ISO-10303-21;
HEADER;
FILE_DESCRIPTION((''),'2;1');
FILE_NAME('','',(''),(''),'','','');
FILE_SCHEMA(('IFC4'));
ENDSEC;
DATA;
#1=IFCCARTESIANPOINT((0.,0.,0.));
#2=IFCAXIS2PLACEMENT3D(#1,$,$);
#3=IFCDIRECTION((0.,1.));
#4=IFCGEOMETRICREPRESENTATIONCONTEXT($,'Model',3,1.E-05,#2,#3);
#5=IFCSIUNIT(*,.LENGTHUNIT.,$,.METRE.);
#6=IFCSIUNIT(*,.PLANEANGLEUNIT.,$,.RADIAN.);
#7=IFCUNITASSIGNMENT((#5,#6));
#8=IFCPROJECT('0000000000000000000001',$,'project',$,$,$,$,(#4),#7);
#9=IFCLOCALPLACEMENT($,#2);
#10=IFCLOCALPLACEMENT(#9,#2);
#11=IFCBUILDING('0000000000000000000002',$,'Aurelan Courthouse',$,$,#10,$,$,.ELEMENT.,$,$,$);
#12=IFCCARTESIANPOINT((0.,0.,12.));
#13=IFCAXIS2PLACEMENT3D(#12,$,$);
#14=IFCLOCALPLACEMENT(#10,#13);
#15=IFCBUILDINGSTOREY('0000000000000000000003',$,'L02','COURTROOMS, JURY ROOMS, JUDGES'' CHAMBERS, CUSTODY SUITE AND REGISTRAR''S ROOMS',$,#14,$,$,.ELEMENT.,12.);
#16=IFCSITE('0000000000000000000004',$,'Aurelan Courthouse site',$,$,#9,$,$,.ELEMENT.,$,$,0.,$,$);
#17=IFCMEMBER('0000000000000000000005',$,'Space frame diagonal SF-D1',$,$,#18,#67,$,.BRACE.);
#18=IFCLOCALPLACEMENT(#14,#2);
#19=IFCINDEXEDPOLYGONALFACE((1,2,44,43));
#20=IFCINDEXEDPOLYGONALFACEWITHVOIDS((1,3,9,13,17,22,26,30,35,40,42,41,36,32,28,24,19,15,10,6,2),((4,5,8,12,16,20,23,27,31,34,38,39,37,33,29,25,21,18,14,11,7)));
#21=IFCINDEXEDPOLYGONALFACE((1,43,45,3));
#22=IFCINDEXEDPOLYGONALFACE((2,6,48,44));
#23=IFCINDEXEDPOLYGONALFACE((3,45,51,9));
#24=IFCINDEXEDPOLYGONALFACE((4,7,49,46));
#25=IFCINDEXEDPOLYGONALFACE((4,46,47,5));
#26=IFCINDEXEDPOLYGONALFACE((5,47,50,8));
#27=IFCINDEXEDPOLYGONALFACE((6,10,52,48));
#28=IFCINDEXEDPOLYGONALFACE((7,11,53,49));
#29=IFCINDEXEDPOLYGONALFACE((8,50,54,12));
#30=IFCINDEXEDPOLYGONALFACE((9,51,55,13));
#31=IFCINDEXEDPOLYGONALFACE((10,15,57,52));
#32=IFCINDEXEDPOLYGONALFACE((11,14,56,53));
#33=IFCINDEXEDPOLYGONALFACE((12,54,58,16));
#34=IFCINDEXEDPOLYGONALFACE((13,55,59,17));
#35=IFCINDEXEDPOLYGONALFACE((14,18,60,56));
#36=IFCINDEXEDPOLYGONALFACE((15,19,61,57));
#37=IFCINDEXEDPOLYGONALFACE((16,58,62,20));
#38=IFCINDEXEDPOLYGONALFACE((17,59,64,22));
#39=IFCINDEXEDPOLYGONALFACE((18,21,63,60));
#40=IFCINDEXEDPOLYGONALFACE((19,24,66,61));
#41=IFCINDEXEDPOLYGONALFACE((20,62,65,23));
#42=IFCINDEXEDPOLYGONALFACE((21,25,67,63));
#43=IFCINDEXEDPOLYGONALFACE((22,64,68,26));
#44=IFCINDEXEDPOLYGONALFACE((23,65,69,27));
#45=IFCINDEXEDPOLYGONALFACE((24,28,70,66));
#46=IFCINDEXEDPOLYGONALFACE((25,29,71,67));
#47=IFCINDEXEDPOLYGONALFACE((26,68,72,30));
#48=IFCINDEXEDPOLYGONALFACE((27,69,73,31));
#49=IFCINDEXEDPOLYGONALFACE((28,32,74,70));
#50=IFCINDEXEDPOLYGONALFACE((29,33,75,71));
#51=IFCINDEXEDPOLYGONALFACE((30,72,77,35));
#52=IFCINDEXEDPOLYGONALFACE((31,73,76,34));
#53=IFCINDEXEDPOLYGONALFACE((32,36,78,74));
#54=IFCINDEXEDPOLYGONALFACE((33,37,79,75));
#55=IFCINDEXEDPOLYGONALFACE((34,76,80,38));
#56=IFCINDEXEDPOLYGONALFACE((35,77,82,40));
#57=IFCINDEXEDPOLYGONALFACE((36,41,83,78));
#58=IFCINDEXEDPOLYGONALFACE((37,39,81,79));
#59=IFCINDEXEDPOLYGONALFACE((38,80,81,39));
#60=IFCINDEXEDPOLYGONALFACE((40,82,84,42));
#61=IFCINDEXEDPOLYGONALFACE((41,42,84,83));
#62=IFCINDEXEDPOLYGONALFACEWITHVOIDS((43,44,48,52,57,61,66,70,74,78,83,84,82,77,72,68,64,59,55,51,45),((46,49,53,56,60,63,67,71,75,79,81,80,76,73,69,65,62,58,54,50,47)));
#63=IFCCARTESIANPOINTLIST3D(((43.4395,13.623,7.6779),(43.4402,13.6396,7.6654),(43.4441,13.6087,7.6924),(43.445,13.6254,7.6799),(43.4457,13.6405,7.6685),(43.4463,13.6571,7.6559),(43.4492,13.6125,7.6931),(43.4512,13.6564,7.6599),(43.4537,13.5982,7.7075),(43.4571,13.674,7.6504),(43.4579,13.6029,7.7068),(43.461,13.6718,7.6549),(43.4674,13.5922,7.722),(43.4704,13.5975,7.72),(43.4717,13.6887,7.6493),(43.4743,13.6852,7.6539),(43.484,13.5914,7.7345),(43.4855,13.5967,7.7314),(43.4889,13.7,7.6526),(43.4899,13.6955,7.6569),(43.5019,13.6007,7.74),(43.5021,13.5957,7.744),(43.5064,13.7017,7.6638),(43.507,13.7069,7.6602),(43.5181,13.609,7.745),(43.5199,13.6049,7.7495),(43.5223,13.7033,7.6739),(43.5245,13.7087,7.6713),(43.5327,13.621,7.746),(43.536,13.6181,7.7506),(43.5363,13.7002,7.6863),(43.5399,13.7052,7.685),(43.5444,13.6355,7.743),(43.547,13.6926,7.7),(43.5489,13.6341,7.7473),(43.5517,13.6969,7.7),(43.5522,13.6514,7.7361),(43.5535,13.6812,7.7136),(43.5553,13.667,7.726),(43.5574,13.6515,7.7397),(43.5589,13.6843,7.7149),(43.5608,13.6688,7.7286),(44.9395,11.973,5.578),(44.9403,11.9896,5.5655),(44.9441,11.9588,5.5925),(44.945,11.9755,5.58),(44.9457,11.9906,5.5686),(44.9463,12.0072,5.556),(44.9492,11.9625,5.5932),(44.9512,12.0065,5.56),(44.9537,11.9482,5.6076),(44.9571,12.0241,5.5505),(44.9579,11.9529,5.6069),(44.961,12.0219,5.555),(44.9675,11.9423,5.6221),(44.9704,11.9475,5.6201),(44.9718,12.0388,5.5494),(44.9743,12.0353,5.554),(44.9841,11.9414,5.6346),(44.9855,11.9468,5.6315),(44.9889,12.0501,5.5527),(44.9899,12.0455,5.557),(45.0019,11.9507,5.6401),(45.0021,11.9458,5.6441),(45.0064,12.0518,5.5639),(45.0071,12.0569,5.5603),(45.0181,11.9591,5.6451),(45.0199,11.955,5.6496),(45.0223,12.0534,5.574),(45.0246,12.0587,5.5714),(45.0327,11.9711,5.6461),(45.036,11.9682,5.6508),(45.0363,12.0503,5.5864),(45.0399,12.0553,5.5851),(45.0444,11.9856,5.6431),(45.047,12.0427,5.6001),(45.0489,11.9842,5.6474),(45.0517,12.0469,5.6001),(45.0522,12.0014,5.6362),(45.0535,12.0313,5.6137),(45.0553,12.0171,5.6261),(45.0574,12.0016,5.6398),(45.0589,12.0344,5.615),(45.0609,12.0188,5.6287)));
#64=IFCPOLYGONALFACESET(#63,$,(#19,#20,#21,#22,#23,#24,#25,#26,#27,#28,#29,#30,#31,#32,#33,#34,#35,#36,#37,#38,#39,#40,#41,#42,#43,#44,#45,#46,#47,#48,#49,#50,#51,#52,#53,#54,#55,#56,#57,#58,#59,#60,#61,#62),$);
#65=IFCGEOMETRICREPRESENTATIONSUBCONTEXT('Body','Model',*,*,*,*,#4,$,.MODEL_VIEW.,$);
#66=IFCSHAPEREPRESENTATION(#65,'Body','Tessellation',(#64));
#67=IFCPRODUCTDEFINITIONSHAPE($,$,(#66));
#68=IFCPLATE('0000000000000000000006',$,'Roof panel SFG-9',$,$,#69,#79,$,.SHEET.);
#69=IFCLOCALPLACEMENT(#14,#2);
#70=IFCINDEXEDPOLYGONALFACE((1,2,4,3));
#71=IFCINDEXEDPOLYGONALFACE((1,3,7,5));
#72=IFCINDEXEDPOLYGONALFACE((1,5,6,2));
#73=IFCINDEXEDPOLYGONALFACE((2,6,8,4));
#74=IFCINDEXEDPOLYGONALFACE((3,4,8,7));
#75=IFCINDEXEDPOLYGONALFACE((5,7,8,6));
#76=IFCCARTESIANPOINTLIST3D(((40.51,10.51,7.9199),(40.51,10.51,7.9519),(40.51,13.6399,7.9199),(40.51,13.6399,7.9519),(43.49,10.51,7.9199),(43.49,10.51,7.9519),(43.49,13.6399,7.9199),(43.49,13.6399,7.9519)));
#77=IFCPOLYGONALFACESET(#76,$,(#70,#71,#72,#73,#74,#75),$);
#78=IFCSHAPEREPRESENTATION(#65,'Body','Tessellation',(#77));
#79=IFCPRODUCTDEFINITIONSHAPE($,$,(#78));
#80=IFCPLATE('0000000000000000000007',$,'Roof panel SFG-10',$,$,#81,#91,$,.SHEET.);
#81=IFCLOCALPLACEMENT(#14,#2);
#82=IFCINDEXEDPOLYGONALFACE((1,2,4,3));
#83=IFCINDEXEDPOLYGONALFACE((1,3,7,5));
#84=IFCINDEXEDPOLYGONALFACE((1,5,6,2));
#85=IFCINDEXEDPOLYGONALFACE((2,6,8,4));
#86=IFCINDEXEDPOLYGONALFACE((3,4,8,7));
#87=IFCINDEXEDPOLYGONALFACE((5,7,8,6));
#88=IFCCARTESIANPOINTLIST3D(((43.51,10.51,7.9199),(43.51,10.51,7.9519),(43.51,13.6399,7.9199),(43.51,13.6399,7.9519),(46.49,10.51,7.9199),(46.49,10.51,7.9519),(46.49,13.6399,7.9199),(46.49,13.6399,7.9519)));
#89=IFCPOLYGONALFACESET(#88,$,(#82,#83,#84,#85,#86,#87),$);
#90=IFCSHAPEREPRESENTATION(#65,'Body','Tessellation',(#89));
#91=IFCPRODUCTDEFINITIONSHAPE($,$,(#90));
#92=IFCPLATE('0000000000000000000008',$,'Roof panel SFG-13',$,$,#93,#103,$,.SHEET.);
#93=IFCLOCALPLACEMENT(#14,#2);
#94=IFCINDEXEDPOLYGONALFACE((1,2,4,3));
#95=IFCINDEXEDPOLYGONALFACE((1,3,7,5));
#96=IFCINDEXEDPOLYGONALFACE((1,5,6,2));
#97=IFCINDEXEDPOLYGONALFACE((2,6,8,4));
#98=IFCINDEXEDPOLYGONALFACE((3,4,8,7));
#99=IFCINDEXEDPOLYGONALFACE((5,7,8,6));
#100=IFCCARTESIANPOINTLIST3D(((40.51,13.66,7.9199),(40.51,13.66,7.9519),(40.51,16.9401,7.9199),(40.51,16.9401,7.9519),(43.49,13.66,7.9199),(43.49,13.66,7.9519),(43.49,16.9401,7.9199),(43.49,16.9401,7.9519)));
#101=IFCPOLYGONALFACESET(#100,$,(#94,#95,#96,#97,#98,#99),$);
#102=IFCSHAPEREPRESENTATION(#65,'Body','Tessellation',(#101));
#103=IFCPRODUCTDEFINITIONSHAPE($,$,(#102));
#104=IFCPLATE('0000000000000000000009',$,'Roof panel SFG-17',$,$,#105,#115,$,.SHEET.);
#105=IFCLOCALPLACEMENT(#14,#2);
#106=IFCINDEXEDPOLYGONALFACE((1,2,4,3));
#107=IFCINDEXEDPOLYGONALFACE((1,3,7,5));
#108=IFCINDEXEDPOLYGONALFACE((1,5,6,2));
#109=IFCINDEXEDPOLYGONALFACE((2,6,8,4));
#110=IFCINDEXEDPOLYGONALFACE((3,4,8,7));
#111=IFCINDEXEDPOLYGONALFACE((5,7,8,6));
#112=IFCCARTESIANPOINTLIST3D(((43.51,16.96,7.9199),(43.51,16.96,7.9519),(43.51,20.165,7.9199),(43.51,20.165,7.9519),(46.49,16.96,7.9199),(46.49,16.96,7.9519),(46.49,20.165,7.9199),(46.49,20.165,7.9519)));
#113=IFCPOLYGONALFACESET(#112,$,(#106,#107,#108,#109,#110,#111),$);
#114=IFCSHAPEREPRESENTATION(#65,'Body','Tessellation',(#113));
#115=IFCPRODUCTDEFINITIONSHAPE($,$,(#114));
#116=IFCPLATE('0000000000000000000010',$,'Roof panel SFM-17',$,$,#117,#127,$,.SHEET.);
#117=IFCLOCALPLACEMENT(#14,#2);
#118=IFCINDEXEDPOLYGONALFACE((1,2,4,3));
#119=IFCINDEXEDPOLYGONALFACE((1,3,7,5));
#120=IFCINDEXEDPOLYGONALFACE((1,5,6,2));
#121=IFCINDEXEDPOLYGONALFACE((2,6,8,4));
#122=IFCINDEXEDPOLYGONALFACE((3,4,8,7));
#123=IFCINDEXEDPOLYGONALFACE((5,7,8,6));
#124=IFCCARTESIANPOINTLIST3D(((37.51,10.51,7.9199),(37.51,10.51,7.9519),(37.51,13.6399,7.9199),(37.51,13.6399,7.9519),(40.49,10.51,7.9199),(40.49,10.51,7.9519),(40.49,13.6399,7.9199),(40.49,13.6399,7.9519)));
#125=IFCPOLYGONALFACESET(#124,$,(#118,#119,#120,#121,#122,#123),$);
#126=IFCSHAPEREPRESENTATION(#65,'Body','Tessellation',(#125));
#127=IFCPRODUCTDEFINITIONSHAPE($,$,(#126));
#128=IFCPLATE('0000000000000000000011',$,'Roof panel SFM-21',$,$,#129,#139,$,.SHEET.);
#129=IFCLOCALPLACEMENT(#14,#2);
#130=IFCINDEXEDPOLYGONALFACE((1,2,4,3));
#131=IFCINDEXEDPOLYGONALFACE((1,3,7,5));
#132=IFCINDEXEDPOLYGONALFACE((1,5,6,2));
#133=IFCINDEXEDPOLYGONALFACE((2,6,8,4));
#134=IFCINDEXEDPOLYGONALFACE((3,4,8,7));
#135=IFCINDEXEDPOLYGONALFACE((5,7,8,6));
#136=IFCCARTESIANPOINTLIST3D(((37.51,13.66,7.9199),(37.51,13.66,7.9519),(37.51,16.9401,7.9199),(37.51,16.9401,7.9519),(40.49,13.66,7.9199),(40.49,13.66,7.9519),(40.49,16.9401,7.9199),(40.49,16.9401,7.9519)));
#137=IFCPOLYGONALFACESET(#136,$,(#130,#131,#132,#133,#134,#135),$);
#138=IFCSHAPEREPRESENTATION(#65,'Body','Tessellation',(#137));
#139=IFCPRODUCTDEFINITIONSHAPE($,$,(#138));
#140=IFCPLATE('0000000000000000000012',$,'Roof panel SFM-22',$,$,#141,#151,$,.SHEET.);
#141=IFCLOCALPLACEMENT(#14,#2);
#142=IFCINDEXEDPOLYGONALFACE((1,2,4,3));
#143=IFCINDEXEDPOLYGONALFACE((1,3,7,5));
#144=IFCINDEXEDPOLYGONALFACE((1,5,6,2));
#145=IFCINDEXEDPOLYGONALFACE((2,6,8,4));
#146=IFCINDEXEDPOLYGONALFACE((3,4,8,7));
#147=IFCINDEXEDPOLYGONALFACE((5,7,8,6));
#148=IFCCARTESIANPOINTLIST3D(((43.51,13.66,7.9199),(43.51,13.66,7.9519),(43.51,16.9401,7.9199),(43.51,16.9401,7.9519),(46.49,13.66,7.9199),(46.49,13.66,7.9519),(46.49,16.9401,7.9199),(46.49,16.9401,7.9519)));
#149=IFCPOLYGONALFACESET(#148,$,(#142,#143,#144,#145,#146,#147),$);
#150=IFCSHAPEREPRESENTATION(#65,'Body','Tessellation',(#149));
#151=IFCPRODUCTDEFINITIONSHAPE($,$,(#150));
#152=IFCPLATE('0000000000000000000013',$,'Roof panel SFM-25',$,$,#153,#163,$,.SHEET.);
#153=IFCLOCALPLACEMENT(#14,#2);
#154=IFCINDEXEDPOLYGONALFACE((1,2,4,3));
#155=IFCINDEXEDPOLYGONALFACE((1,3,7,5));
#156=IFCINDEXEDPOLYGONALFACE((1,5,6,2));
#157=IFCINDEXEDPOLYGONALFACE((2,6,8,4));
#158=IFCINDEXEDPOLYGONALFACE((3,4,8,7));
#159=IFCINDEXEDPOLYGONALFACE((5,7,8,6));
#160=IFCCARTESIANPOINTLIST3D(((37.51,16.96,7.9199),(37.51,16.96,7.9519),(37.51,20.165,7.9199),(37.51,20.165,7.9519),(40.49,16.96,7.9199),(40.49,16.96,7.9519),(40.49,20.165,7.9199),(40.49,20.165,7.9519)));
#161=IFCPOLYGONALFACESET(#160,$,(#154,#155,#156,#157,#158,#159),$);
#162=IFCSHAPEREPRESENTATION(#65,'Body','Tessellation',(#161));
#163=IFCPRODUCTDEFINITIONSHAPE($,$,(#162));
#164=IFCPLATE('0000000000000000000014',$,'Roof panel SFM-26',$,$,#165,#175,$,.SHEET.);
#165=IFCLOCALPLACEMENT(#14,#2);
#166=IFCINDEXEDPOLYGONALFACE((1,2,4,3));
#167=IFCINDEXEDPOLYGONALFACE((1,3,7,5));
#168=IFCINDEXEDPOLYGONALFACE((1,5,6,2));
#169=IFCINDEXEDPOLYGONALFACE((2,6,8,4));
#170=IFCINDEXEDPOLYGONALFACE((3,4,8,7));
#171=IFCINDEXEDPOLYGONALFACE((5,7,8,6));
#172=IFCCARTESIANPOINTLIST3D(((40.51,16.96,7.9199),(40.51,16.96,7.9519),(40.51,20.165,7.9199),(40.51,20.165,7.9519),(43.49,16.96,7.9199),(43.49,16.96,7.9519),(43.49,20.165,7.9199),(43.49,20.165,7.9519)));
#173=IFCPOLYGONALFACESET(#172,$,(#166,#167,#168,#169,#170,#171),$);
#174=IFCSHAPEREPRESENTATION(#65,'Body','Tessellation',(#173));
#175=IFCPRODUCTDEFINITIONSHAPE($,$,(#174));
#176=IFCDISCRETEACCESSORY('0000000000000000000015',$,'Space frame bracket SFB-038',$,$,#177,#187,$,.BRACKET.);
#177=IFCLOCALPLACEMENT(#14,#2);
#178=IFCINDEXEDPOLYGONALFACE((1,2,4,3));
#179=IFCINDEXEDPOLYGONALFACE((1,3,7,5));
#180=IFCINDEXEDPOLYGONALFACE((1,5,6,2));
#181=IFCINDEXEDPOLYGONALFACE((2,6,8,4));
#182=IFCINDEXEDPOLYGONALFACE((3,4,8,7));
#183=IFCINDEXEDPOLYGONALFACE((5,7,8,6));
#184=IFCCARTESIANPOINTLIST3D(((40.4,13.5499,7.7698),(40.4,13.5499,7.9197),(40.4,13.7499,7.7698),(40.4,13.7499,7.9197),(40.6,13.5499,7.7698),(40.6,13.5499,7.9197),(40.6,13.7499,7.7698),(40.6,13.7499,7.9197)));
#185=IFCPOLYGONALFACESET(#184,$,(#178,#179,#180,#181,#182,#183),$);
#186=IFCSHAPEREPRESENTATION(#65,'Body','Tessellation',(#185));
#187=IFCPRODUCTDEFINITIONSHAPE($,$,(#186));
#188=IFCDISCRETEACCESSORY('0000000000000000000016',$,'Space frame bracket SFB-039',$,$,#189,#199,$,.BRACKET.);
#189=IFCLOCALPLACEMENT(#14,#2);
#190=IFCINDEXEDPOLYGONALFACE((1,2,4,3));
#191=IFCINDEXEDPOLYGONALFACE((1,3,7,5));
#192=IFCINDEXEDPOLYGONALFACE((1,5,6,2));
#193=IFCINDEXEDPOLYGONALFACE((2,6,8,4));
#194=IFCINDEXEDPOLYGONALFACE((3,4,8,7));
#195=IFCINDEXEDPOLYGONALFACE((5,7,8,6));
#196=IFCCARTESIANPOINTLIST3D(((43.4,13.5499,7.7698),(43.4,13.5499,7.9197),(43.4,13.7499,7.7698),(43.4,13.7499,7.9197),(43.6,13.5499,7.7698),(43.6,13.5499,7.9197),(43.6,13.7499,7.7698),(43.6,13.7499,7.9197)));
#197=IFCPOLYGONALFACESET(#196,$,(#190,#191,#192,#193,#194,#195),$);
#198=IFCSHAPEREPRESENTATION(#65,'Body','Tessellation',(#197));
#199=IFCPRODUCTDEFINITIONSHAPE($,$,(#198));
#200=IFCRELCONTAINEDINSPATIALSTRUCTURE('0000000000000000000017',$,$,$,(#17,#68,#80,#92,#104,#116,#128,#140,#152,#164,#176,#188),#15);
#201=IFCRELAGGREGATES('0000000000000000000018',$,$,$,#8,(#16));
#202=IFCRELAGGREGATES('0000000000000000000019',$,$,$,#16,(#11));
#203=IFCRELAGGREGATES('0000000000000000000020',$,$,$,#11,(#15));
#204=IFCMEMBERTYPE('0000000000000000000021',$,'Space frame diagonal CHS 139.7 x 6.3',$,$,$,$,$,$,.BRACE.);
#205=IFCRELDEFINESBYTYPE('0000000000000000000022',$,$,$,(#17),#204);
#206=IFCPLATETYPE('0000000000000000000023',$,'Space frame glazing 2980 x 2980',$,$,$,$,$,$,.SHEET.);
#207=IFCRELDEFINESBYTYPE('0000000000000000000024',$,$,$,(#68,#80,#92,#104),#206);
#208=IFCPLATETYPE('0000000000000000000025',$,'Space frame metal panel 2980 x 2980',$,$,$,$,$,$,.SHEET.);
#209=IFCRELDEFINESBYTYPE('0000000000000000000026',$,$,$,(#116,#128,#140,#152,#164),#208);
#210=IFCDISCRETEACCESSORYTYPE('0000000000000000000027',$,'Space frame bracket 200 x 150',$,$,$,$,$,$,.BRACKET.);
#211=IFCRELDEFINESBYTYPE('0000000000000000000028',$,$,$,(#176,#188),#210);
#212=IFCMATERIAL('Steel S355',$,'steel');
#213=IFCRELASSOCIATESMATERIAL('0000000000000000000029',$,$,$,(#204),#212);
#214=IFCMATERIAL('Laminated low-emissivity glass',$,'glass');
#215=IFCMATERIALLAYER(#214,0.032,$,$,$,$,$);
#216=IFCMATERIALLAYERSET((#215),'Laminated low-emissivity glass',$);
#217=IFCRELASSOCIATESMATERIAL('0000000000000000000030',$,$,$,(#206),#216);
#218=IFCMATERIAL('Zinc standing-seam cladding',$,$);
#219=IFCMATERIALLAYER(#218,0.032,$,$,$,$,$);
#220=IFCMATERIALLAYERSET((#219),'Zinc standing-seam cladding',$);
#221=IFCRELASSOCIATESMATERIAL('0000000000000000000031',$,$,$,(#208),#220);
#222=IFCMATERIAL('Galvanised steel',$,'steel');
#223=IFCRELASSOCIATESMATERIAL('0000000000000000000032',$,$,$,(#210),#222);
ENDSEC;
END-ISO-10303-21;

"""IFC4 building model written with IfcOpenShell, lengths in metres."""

from ifc_helpers import new_model, si_unit, direction, frame, origin, origin_2d, place, context, subcontext, project, spatial, rectangle, hollow_circle, extrude, material, layer, layer_set, material_profile, profile_set, type_object, element, save


model = new_model("IFC4")

# Units and contexts
model_context = context("Model", 3, precision=1e-05, world=origin(), true_north=direction((0.0, 1.0)))
body_context = subcontext(model_context, "Body", "Model", "MODEL_VIEW")
ifc_project = project(units=[si_unit("LENGTHUNIT", "METRE"), si_unit("PLANEANGLEUNIT", "RADIAN")], contexts=[model_context])

# Site, building, storey
site_placement = place(None, origin())
site = spatial("IfcSite", under=ifc_project, at=site_placement, Name="Aurelan Courthouse site", CompositionType="ELEMENT", RefElevation=0.0)
building_placement = place(site_placement, origin())
building = spatial("IfcBuilding", under=site, at=building_placement, Name="Aurelan Courthouse", CompositionType="ELEMENT")
storey_placement = place(building_placement, frame((0.0, 0.0, 12.0)))
storey = spatial("IfcBuildingStorey", under=building, at=storey_placement, Name="L02", Description="COURTROOMS, JURY ROOMS, JUDGES' CHAMBERS, CUSTODY SUITE AND REGISTRAR'S ROOMS", CompositionType="ELEMENT", Elevation=12.0)

# Member
ifc_material_1 = material(Name="Steel S355", Category="steel")
ifc_material_profile_1 = material_profile(ifc_material_1, hollow_circle(Radius=0.0698, WallThickness=0.0063, at=origin_2d()), Name="CHS 139.7 x 6.3")
ifc_profile_set_1 = profile_set([ifc_material_profile_1], Name="Steel S355")
member_type_1 = type_object("IfcMemberType", Name="Space frame diagonal CHS 139.7 x 6.3", PredefinedType="BRACE", material=ifc_profile_set_1)
member_placement = place(storey_placement, frame((43.5, 13.6499, 7.7), z_axis=(0.489727, -0.538667, -0.685569), x_axis=(0.73992, 0.672695, 0.0)))
element("IfcMember", 1, at=member_placement, inside=storey, type_object=member_type_1, Name="Space frame diagonal SF-D1", PredefinedType="BRACE", context=body_context, shape_type="SweptSolid", body=[
    extrude(hollow_circle(Radius=0.0698, WallThickness=0.0063, at=origin_2d()), origin(), (0.0, 0.0, 1.0), 3.063),
])

# Plates
ifc_material_2 = material(Name="Laminated low-emissivity glass", Category="glass")
ifc_layer_1 = layer(ifc_material_2, 0.032)
ifc_layer_set_1 = layer_set([ifc_layer_1], Name="Laminated low-emissivity glass")
plate_type_1 = type_object("IfcPlateType", Name="Space frame glazing 2980 x 2980", PredefinedType="SHEET", material=ifc_layer_set_1)
for number, where, z_axis, x_axis, name in (
    (2, (42.0, 12.075, 7.9199), (0.0, 0.0, 1.0), (1.0, 0.0, 0.0), "Roof panel SFG-9"),
    (3, (45.0, 12.075, 7.9199), (0.0, 0.0, 1.0), (1.0, 0.0, 0.0), "Roof panel SFG-10"),
):
    element("IfcPlate", number, at=place(storey_placement, frame(where, z_axis=z_axis, x_axis=x_axis)), inside=storey, type_object=plate_type_1, Name=name, PredefinedType="SHEET", context=body_context, shape_type="SweptSolid", body=[
        extrude(rectangle(XDim=2.98, YDim=3.1299, at=origin_2d()), origin(), (0.0, 0.0, 1.0), 0.032),
    ])
plate_1_placement = place(storey_placement, frame((42.0, 15.3, 7.9199), z_axis=(0.0, 0.0, 1.0), x_axis=(1.0, 0.0, 0.0)))
element("IfcPlate", 4, at=plate_1_placement, inside=storey, type_object=plate_type_1, Name="Roof panel SFG-13", PredefinedType="SHEET", context=body_context, shape_type="SweptSolid", body=[
    extrude(rectangle(XDim=2.98, YDim=3.28, at=origin_2d()), origin(), (0.0, 0.0, 1.0), 0.032),
])
plate_2_placement = place(storey_placement, frame((45.0, 18.5625, 7.9199), z_axis=(0.0, 0.0, 1.0), x_axis=(1.0, 0.0, 0.0)))
element("IfcPlate", 5, at=plate_2_placement, inside=storey, type_object=plate_type_1, Name="Roof panel SFG-17", PredefinedType="SHEET", context=body_context, shape_type="SweptSolid", body=[
    extrude(rectangle(XDim=2.98, YDim=3.2051, at=origin_2d()), origin(), (0.0, 0.0, 1.0), 0.032),
])
ifc_material_3 = material(Name="Zinc standing-seam cladding")
ifc_layer_2 = layer(ifc_material_3, 0.032)
ifc_layer_set_2 = layer_set([ifc_layer_2], Name="Zinc standing-seam cladding")
plate_type_2 = type_object("IfcPlateType", Name="Space frame metal panel 2980 x 2980", PredefinedType="SHEET", material=ifc_layer_set_2)
plate_3_placement = place(storey_placement, frame((39.0, 12.075, 7.9199), z_axis=(0.0, 0.0, 1.0), x_axis=(1.0, 0.0, 0.0)))
element("IfcPlate", 6, at=plate_3_placement, inside=storey, type_object=plate_type_2, Name="Roof panel SFM-17", PredefinedType="SHEET", context=body_context, shape_type="SweptSolid", body=[
    extrude(rectangle(XDim=2.98, YDim=3.1299, at=origin_2d()), origin(), (0.0, 0.0, 1.0), 0.032),
])
for number, where, z_axis, x_axis, name in (
    (7, (39.0, 15.3, 7.9199), (0.0, 0.0, 1.0), (1.0, 0.0, 0.0), "Roof panel SFM-21"),
    (8, (45.0, 15.3, 7.9199), (0.0, 0.0, 1.0), (1.0, 0.0, 0.0), "Roof panel SFM-22"),
):
    element("IfcPlate", number, at=place(storey_placement, frame(where, z_axis=z_axis, x_axis=x_axis)), inside=storey, type_object=plate_type_2, Name=name, PredefinedType="SHEET", context=body_context, shape_type="SweptSolid", body=[
        extrude(rectangle(XDim=2.98, YDim=3.28, at=origin_2d()), origin(), (0.0, 0.0, 1.0), 0.032),
    ])
for number, where, z_axis, x_axis, name in (
    (9, (39.0, 18.5625, 7.9199), (0.0, 0.0, 1.0), (1.0, 0.0, 0.0), "Roof panel SFM-25"),
    (10, (42.0, 18.5625, 7.9199), (0.0, 0.0, 1.0), (1.0, 0.0, 0.0), "Roof panel SFM-26"),
):
    element("IfcPlate", number, at=place(storey_placement, frame(where, z_axis=z_axis, x_axis=x_axis)), inside=storey, type_object=plate_type_2, Name=name, PredefinedType="SHEET", context=body_context, shape_type="SweptSolid", body=[
        extrude(rectangle(XDim=2.98, YDim=3.2051, at=origin_2d()), origin(), (0.0, 0.0, 1.0), 0.032),
    ])

# Discrete accessories
ifc_material_4 = material(Name="Galvanised steel", Category="steel")
discrete_accessory_type = type_object("IfcDiscreteAccessoryType", Name="Space frame bracket 200 x 150", PredefinedType="BRACKET", material=ifc_material_4)
for number, where, z_axis, x_axis, name in (
    (11, (40.5, 13.6499, 7.7698), (0.0, 0.0, 1.0), (1.0, 0.0, 0.0), "Space frame bracket SFB-038"),
    (12, (43.5, 13.6499, 7.7698), (0.0, 0.0, 1.0), (1.0, 0.0, 0.0), "Space frame bracket SFB-039"),
):
    element("IfcDiscreteAccessory", number, at=place(storey_placement, frame(where, z_axis=z_axis, x_axis=x_axis)), inside=storey, type_object=discrete_accessory_type, Name=name, PredefinedType="BRACKET", context=body_context, shape_type="SweptSolid", body=[
        extrude(rectangle(XDim=0.2, YDim=0.2, at=origin_2d()), origin(), (0.0, 0.0, 1.0), 0.1499),
    ])

save(model, "model.ifc")
